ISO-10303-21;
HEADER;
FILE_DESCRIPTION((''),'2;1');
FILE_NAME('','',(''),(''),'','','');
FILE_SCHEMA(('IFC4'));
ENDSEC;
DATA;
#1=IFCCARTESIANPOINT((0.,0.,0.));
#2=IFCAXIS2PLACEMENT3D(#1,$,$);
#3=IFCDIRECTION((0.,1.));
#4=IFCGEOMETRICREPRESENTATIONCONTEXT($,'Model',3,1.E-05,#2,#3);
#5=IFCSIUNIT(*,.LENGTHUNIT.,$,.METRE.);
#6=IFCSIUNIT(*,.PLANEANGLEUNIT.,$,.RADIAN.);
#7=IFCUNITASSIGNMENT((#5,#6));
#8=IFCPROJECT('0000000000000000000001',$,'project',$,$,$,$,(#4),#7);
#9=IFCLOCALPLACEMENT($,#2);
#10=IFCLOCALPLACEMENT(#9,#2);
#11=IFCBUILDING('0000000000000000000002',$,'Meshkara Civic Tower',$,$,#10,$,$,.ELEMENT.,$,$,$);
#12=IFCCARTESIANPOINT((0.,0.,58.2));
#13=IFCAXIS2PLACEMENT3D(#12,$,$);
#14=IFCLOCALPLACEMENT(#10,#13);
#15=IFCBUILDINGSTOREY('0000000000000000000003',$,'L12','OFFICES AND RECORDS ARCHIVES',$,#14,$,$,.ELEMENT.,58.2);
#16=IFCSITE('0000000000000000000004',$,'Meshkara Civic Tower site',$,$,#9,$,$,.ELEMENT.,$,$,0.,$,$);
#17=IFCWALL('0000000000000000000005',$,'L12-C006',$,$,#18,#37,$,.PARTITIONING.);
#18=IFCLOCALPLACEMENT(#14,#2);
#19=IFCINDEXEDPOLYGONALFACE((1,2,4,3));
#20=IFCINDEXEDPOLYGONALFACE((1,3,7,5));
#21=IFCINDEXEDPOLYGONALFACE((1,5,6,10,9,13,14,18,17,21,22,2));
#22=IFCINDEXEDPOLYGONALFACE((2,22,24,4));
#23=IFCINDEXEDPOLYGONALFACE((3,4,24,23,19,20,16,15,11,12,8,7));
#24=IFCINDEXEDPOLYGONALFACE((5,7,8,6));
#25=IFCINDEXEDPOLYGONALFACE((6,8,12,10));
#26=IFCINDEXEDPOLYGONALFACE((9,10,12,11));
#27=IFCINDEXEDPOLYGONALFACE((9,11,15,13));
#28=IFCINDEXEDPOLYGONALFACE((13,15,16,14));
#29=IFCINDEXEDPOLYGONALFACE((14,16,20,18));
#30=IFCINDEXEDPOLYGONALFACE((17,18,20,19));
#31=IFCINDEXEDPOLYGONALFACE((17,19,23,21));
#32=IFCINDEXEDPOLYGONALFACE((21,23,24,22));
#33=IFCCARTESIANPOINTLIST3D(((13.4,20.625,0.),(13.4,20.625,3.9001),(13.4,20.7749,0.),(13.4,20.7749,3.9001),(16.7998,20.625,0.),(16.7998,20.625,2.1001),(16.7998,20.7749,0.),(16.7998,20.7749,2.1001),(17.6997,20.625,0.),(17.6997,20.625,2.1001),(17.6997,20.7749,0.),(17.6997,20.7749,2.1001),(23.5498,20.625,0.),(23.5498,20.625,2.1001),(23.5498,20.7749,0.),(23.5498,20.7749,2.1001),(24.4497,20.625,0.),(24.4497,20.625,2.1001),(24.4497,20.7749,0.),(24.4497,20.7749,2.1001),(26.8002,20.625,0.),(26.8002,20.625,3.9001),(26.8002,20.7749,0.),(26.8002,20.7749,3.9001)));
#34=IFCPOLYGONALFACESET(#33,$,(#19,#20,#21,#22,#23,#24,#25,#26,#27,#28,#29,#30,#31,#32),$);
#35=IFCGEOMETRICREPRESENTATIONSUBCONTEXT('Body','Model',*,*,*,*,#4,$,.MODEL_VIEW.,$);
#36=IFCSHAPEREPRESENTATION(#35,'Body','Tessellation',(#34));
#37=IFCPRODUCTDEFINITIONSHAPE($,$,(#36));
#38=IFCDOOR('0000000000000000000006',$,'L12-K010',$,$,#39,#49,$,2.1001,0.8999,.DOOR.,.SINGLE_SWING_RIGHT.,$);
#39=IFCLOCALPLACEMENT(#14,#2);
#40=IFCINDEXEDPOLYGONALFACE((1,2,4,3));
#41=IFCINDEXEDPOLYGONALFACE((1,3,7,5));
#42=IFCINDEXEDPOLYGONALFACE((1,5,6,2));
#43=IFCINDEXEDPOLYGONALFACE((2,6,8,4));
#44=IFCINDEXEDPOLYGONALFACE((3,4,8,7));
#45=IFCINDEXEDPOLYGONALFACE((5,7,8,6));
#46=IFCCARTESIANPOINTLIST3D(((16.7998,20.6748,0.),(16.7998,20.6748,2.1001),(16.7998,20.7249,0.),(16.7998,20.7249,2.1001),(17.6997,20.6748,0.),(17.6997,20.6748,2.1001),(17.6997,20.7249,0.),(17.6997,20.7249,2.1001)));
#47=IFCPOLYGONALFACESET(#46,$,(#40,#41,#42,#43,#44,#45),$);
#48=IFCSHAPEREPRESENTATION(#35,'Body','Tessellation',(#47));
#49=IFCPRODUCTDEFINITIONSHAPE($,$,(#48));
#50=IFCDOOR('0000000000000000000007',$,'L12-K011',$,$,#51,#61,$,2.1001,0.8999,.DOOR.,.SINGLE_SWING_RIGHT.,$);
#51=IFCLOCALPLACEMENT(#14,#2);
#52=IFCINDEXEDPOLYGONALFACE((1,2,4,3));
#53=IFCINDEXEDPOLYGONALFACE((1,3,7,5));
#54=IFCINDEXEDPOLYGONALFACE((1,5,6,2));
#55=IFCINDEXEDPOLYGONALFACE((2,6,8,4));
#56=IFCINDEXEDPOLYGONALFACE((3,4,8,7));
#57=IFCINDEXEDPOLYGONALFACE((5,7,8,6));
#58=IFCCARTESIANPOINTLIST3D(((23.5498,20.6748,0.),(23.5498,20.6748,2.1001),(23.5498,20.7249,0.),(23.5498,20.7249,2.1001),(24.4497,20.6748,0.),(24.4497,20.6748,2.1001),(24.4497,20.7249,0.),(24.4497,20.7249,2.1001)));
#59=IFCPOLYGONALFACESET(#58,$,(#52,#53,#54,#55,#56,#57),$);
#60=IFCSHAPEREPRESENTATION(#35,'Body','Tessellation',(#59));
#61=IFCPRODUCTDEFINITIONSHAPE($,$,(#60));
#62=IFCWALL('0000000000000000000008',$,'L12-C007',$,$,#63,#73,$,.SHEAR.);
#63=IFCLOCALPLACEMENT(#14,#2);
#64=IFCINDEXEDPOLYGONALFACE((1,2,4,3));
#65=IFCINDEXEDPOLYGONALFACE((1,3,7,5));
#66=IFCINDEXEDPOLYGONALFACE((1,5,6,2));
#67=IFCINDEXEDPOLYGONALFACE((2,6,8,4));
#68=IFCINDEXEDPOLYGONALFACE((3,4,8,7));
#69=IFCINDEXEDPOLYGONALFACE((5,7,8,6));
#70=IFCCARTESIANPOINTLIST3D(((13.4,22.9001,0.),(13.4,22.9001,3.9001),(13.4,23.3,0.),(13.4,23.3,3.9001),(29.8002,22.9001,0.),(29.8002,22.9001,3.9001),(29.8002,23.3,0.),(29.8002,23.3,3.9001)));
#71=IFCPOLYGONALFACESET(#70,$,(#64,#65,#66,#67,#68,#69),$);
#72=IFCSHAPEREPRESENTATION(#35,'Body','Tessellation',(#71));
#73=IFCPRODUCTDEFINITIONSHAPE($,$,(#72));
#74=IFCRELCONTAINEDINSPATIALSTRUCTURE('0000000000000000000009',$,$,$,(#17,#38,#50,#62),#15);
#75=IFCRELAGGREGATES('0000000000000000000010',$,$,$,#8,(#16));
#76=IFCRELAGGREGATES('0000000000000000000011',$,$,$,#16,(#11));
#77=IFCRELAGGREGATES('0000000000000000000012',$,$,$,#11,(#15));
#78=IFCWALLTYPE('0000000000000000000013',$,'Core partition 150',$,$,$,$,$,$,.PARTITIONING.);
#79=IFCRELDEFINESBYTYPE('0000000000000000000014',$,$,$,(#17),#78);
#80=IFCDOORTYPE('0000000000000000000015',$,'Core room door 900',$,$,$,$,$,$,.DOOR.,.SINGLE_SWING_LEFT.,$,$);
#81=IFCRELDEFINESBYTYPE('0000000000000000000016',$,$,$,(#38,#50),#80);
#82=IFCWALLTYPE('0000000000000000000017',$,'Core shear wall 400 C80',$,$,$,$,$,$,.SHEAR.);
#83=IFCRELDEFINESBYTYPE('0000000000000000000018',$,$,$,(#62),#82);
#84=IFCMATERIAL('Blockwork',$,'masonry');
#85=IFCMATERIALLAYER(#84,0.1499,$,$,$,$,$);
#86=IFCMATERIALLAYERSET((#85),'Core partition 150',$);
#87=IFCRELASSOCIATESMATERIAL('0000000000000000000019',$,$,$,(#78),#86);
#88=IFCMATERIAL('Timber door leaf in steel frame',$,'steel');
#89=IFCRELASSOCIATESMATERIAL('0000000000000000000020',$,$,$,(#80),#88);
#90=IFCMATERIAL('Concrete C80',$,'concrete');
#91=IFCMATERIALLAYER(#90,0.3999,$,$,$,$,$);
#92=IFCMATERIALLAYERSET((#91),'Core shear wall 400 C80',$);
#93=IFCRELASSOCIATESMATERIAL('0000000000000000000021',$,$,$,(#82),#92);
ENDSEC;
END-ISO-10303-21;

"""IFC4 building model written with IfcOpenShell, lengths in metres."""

from ifc_helpers import new_model, si_unit, direction, frame, frame_2d, origin, place, context, subcontext, project, spatial, rectangle, extrude, material, layer, layer_set, type_object, element, fill, save


model = new_model("IFC4")

# Units and contexts
model_context = context("Model", 3, precision=1e-05, world=origin(), true_north=direction((0.0, 1.0)))
body_context = subcontext(model_context, "Body", "Model", "MODEL_VIEW")
ifc_project = project(units=[si_unit("LENGTHUNIT", "METRE"), si_unit("PLANEANGLEUNIT", "RADIAN")], contexts=[model_context])

# Site, building, storey
site_placement = place(None, origin())
site = spatial("IfcSite", under=ifc_project, at=site_placement, Name="Meshkara Civic Tower site", CompositionType="ELEMENT", RefElevation=0.0)
building_placement = place(site_placement, origin())
building = spatial("IfcBuilding", under=site, at=building_placement, Name="Meshkara Civic Tower", CompositionType="ELEMENT")
storey_placement = place(building_placement, frame((0.0, 0.0, 58.2)))
storey = spatial("IfcBuildingStorey", under=building, at=storey_placement, Name="L12", Description="OFFICES AND RECORDS ARCHIVES", CompositionType="ELEMENT", Elevation=58.2)

# Wall, openings, doors
ifc_material_1 = material(Name="Blockwork", Category="masonry")
ifc_layer_1 = layer(ifc_material_1, 0.1499)
ifc_layer_set_1 = layer_set([ifc_layer_1], Name="Core partition 150")
wall_type_1 = type_object("IfcWallType", Name="Core partition 150", PredefinedType="PARTITIONING", material=ifc_layer_set_1)
wall_1_placement = place(storey_placement, frame((13.3999, 20.7, 0.0), z_axis=(0.0, 0.0, 1.0), x_axis=(1.0, 0.0, 0.0)))
wall_1 = element("IfcWall", 1, at=wall_1_placement, inside=storey, type_object=wall_type_1, Name="L12-C006", PredefinedType="PARTITIONING", context=body_context, shape_type="SweptSolid", body=[
    extrude(rectangle(XDim=13.4001, YDim=0.1499, at=frame_2d((6.7002, 0.0))), origin(), (0.0, 0.0, 1.0), 3.9001),
])
opening_1_placement = place(wall_1_placement, frame((3.3999, 0.0, 0.0)))
opening_1 = element("IfcOpeningElement", 2, at=opening_1_placement, cuts=wall_1, PredefinedType="OPENING", context=body_context, shape_type="SweptSolid", body=[
    extrude(rectangle(XDim=0.8999, YDim=2.1001, at=frame_2d((0.45, 1.05))), frame((0.0, 0.085, 0.0), z_axis=(0.0, -1.0, 0.0), x_axis=(1.0, 0.0, 0.0)), (0.0, 0.0, 1.0), 0.1699),
])
opening_2_placement = place(wall_1_placement, frame((10.1499, 0.0, 0.0)))
opening_2 = element("IfcOpeningElement", 3, at=opening_2_placement, cuts=wall_1, PredefinedType="OPENING", context=body_context, shape_type="SweptSolid", body=[
    extrude(rectangle(XDim=0.8999, YDim=2.1001, at=frame_2d((0.45, 1.05))), frame((0.0, 0.085, 0.0), z_axis=(0.0, -1.0, 0.0), x_axis=(1.0, 0.0, 0.0)), (0.0, 0.0, 1.0), 0.1699),
])
ifc_material_2 = material(Name="Timber door leaf in steel frame", Category="steel")
door_type_1 = type_object("IfcDoorType", Name="Core room door 900", OperationType="SINGLE_SWING_LEFT", PredefinedType="DOOR", material=ifc_material_2)
door_1_placement = place(opening_1_placement, origin())
door_1 = element("IfcDoor", 4, at=door_1_placement, inside=storey, type_object=door_type_1, Name="L12-K010", OperationType="SINGLE_SWING_RIGHT", OverallHeight=2.1001, OverallWidth=0.8999, PredefinedType="DOOR", context=body_context, shape_type="SweptSolid", body=[
    extrude(rectangle(XDim=0.8999, YDim=2.1001, at=frame_2d((0.45, 1.05))), frame((0.0, 0.0249, 0.0), z_axis=(0.0, -1.0, 0.0), x_axis=(1.0, 0.0, 0.0)), (0.0, 0.0, 1.0), 0.05),
])
fill(opening_1, door_1)
door_2_placement = place(opening_2_placement, origin())
door_2 = element("IfcDoor", 5, at=door_2_placement, inside=storey, type_object=door_type_1, Name="L12-K011", OperationType="SINGLE_SWING_RIGHT", OverallHeight=2.1001, OverallWidth=0.8999, PredefinedType="DOOR", context=body_context, shape_type="SweptSolid", body=[
    extrude(rectangle(XDim=0.8999, YDim=2.1001, at=frame_2d((0.45, 1.05))), frame((0.0, 0.0249, 0.0), z_axis=(0.0, -1.0, 0.0), x_axis=(1.0, 0.0, 0.0)), (0.0, 0.0, 1.0), 0.05),
])
fill(opening_2, door_2)

# Wall
ifc_material_3 = material(Name="Concrete C80", Category="concrete")
ifc_layer_2 = layer(ifc_material_3, 0.3999)
ifc_layer_set_2 = layer_set([ifc_layer_2], Name="Core shear wall 400 C80")
wall_type_2 = type_object("IfcWallType", Name="Core shear wall 400 C80", PredefinedType="SHEAR", material=ifc_layer_set_2)
wall_2_placement = place(storey_placement, frame((13.3999, 23.1001, 0.0), z_axis=(0.0, 0.0, 1.0), x_axis=(1.0, 0.0, 0.0)))
element("IfcWall", 6, at=wall_2_placement, inside=storey, type_object=wall_type_2, Name="L12-C007", PredefinedType="SHEAR", context=body_context, shape_type="SweptSolid", body=[
    extrude(rectangle(XDim=16.4001, YDim=0.3999, at=frame_2d((8.2002, 0.0))), origin(), (0.0, 0.0, 1.0), 3.9001),
])

save(model, "model.ifc")
